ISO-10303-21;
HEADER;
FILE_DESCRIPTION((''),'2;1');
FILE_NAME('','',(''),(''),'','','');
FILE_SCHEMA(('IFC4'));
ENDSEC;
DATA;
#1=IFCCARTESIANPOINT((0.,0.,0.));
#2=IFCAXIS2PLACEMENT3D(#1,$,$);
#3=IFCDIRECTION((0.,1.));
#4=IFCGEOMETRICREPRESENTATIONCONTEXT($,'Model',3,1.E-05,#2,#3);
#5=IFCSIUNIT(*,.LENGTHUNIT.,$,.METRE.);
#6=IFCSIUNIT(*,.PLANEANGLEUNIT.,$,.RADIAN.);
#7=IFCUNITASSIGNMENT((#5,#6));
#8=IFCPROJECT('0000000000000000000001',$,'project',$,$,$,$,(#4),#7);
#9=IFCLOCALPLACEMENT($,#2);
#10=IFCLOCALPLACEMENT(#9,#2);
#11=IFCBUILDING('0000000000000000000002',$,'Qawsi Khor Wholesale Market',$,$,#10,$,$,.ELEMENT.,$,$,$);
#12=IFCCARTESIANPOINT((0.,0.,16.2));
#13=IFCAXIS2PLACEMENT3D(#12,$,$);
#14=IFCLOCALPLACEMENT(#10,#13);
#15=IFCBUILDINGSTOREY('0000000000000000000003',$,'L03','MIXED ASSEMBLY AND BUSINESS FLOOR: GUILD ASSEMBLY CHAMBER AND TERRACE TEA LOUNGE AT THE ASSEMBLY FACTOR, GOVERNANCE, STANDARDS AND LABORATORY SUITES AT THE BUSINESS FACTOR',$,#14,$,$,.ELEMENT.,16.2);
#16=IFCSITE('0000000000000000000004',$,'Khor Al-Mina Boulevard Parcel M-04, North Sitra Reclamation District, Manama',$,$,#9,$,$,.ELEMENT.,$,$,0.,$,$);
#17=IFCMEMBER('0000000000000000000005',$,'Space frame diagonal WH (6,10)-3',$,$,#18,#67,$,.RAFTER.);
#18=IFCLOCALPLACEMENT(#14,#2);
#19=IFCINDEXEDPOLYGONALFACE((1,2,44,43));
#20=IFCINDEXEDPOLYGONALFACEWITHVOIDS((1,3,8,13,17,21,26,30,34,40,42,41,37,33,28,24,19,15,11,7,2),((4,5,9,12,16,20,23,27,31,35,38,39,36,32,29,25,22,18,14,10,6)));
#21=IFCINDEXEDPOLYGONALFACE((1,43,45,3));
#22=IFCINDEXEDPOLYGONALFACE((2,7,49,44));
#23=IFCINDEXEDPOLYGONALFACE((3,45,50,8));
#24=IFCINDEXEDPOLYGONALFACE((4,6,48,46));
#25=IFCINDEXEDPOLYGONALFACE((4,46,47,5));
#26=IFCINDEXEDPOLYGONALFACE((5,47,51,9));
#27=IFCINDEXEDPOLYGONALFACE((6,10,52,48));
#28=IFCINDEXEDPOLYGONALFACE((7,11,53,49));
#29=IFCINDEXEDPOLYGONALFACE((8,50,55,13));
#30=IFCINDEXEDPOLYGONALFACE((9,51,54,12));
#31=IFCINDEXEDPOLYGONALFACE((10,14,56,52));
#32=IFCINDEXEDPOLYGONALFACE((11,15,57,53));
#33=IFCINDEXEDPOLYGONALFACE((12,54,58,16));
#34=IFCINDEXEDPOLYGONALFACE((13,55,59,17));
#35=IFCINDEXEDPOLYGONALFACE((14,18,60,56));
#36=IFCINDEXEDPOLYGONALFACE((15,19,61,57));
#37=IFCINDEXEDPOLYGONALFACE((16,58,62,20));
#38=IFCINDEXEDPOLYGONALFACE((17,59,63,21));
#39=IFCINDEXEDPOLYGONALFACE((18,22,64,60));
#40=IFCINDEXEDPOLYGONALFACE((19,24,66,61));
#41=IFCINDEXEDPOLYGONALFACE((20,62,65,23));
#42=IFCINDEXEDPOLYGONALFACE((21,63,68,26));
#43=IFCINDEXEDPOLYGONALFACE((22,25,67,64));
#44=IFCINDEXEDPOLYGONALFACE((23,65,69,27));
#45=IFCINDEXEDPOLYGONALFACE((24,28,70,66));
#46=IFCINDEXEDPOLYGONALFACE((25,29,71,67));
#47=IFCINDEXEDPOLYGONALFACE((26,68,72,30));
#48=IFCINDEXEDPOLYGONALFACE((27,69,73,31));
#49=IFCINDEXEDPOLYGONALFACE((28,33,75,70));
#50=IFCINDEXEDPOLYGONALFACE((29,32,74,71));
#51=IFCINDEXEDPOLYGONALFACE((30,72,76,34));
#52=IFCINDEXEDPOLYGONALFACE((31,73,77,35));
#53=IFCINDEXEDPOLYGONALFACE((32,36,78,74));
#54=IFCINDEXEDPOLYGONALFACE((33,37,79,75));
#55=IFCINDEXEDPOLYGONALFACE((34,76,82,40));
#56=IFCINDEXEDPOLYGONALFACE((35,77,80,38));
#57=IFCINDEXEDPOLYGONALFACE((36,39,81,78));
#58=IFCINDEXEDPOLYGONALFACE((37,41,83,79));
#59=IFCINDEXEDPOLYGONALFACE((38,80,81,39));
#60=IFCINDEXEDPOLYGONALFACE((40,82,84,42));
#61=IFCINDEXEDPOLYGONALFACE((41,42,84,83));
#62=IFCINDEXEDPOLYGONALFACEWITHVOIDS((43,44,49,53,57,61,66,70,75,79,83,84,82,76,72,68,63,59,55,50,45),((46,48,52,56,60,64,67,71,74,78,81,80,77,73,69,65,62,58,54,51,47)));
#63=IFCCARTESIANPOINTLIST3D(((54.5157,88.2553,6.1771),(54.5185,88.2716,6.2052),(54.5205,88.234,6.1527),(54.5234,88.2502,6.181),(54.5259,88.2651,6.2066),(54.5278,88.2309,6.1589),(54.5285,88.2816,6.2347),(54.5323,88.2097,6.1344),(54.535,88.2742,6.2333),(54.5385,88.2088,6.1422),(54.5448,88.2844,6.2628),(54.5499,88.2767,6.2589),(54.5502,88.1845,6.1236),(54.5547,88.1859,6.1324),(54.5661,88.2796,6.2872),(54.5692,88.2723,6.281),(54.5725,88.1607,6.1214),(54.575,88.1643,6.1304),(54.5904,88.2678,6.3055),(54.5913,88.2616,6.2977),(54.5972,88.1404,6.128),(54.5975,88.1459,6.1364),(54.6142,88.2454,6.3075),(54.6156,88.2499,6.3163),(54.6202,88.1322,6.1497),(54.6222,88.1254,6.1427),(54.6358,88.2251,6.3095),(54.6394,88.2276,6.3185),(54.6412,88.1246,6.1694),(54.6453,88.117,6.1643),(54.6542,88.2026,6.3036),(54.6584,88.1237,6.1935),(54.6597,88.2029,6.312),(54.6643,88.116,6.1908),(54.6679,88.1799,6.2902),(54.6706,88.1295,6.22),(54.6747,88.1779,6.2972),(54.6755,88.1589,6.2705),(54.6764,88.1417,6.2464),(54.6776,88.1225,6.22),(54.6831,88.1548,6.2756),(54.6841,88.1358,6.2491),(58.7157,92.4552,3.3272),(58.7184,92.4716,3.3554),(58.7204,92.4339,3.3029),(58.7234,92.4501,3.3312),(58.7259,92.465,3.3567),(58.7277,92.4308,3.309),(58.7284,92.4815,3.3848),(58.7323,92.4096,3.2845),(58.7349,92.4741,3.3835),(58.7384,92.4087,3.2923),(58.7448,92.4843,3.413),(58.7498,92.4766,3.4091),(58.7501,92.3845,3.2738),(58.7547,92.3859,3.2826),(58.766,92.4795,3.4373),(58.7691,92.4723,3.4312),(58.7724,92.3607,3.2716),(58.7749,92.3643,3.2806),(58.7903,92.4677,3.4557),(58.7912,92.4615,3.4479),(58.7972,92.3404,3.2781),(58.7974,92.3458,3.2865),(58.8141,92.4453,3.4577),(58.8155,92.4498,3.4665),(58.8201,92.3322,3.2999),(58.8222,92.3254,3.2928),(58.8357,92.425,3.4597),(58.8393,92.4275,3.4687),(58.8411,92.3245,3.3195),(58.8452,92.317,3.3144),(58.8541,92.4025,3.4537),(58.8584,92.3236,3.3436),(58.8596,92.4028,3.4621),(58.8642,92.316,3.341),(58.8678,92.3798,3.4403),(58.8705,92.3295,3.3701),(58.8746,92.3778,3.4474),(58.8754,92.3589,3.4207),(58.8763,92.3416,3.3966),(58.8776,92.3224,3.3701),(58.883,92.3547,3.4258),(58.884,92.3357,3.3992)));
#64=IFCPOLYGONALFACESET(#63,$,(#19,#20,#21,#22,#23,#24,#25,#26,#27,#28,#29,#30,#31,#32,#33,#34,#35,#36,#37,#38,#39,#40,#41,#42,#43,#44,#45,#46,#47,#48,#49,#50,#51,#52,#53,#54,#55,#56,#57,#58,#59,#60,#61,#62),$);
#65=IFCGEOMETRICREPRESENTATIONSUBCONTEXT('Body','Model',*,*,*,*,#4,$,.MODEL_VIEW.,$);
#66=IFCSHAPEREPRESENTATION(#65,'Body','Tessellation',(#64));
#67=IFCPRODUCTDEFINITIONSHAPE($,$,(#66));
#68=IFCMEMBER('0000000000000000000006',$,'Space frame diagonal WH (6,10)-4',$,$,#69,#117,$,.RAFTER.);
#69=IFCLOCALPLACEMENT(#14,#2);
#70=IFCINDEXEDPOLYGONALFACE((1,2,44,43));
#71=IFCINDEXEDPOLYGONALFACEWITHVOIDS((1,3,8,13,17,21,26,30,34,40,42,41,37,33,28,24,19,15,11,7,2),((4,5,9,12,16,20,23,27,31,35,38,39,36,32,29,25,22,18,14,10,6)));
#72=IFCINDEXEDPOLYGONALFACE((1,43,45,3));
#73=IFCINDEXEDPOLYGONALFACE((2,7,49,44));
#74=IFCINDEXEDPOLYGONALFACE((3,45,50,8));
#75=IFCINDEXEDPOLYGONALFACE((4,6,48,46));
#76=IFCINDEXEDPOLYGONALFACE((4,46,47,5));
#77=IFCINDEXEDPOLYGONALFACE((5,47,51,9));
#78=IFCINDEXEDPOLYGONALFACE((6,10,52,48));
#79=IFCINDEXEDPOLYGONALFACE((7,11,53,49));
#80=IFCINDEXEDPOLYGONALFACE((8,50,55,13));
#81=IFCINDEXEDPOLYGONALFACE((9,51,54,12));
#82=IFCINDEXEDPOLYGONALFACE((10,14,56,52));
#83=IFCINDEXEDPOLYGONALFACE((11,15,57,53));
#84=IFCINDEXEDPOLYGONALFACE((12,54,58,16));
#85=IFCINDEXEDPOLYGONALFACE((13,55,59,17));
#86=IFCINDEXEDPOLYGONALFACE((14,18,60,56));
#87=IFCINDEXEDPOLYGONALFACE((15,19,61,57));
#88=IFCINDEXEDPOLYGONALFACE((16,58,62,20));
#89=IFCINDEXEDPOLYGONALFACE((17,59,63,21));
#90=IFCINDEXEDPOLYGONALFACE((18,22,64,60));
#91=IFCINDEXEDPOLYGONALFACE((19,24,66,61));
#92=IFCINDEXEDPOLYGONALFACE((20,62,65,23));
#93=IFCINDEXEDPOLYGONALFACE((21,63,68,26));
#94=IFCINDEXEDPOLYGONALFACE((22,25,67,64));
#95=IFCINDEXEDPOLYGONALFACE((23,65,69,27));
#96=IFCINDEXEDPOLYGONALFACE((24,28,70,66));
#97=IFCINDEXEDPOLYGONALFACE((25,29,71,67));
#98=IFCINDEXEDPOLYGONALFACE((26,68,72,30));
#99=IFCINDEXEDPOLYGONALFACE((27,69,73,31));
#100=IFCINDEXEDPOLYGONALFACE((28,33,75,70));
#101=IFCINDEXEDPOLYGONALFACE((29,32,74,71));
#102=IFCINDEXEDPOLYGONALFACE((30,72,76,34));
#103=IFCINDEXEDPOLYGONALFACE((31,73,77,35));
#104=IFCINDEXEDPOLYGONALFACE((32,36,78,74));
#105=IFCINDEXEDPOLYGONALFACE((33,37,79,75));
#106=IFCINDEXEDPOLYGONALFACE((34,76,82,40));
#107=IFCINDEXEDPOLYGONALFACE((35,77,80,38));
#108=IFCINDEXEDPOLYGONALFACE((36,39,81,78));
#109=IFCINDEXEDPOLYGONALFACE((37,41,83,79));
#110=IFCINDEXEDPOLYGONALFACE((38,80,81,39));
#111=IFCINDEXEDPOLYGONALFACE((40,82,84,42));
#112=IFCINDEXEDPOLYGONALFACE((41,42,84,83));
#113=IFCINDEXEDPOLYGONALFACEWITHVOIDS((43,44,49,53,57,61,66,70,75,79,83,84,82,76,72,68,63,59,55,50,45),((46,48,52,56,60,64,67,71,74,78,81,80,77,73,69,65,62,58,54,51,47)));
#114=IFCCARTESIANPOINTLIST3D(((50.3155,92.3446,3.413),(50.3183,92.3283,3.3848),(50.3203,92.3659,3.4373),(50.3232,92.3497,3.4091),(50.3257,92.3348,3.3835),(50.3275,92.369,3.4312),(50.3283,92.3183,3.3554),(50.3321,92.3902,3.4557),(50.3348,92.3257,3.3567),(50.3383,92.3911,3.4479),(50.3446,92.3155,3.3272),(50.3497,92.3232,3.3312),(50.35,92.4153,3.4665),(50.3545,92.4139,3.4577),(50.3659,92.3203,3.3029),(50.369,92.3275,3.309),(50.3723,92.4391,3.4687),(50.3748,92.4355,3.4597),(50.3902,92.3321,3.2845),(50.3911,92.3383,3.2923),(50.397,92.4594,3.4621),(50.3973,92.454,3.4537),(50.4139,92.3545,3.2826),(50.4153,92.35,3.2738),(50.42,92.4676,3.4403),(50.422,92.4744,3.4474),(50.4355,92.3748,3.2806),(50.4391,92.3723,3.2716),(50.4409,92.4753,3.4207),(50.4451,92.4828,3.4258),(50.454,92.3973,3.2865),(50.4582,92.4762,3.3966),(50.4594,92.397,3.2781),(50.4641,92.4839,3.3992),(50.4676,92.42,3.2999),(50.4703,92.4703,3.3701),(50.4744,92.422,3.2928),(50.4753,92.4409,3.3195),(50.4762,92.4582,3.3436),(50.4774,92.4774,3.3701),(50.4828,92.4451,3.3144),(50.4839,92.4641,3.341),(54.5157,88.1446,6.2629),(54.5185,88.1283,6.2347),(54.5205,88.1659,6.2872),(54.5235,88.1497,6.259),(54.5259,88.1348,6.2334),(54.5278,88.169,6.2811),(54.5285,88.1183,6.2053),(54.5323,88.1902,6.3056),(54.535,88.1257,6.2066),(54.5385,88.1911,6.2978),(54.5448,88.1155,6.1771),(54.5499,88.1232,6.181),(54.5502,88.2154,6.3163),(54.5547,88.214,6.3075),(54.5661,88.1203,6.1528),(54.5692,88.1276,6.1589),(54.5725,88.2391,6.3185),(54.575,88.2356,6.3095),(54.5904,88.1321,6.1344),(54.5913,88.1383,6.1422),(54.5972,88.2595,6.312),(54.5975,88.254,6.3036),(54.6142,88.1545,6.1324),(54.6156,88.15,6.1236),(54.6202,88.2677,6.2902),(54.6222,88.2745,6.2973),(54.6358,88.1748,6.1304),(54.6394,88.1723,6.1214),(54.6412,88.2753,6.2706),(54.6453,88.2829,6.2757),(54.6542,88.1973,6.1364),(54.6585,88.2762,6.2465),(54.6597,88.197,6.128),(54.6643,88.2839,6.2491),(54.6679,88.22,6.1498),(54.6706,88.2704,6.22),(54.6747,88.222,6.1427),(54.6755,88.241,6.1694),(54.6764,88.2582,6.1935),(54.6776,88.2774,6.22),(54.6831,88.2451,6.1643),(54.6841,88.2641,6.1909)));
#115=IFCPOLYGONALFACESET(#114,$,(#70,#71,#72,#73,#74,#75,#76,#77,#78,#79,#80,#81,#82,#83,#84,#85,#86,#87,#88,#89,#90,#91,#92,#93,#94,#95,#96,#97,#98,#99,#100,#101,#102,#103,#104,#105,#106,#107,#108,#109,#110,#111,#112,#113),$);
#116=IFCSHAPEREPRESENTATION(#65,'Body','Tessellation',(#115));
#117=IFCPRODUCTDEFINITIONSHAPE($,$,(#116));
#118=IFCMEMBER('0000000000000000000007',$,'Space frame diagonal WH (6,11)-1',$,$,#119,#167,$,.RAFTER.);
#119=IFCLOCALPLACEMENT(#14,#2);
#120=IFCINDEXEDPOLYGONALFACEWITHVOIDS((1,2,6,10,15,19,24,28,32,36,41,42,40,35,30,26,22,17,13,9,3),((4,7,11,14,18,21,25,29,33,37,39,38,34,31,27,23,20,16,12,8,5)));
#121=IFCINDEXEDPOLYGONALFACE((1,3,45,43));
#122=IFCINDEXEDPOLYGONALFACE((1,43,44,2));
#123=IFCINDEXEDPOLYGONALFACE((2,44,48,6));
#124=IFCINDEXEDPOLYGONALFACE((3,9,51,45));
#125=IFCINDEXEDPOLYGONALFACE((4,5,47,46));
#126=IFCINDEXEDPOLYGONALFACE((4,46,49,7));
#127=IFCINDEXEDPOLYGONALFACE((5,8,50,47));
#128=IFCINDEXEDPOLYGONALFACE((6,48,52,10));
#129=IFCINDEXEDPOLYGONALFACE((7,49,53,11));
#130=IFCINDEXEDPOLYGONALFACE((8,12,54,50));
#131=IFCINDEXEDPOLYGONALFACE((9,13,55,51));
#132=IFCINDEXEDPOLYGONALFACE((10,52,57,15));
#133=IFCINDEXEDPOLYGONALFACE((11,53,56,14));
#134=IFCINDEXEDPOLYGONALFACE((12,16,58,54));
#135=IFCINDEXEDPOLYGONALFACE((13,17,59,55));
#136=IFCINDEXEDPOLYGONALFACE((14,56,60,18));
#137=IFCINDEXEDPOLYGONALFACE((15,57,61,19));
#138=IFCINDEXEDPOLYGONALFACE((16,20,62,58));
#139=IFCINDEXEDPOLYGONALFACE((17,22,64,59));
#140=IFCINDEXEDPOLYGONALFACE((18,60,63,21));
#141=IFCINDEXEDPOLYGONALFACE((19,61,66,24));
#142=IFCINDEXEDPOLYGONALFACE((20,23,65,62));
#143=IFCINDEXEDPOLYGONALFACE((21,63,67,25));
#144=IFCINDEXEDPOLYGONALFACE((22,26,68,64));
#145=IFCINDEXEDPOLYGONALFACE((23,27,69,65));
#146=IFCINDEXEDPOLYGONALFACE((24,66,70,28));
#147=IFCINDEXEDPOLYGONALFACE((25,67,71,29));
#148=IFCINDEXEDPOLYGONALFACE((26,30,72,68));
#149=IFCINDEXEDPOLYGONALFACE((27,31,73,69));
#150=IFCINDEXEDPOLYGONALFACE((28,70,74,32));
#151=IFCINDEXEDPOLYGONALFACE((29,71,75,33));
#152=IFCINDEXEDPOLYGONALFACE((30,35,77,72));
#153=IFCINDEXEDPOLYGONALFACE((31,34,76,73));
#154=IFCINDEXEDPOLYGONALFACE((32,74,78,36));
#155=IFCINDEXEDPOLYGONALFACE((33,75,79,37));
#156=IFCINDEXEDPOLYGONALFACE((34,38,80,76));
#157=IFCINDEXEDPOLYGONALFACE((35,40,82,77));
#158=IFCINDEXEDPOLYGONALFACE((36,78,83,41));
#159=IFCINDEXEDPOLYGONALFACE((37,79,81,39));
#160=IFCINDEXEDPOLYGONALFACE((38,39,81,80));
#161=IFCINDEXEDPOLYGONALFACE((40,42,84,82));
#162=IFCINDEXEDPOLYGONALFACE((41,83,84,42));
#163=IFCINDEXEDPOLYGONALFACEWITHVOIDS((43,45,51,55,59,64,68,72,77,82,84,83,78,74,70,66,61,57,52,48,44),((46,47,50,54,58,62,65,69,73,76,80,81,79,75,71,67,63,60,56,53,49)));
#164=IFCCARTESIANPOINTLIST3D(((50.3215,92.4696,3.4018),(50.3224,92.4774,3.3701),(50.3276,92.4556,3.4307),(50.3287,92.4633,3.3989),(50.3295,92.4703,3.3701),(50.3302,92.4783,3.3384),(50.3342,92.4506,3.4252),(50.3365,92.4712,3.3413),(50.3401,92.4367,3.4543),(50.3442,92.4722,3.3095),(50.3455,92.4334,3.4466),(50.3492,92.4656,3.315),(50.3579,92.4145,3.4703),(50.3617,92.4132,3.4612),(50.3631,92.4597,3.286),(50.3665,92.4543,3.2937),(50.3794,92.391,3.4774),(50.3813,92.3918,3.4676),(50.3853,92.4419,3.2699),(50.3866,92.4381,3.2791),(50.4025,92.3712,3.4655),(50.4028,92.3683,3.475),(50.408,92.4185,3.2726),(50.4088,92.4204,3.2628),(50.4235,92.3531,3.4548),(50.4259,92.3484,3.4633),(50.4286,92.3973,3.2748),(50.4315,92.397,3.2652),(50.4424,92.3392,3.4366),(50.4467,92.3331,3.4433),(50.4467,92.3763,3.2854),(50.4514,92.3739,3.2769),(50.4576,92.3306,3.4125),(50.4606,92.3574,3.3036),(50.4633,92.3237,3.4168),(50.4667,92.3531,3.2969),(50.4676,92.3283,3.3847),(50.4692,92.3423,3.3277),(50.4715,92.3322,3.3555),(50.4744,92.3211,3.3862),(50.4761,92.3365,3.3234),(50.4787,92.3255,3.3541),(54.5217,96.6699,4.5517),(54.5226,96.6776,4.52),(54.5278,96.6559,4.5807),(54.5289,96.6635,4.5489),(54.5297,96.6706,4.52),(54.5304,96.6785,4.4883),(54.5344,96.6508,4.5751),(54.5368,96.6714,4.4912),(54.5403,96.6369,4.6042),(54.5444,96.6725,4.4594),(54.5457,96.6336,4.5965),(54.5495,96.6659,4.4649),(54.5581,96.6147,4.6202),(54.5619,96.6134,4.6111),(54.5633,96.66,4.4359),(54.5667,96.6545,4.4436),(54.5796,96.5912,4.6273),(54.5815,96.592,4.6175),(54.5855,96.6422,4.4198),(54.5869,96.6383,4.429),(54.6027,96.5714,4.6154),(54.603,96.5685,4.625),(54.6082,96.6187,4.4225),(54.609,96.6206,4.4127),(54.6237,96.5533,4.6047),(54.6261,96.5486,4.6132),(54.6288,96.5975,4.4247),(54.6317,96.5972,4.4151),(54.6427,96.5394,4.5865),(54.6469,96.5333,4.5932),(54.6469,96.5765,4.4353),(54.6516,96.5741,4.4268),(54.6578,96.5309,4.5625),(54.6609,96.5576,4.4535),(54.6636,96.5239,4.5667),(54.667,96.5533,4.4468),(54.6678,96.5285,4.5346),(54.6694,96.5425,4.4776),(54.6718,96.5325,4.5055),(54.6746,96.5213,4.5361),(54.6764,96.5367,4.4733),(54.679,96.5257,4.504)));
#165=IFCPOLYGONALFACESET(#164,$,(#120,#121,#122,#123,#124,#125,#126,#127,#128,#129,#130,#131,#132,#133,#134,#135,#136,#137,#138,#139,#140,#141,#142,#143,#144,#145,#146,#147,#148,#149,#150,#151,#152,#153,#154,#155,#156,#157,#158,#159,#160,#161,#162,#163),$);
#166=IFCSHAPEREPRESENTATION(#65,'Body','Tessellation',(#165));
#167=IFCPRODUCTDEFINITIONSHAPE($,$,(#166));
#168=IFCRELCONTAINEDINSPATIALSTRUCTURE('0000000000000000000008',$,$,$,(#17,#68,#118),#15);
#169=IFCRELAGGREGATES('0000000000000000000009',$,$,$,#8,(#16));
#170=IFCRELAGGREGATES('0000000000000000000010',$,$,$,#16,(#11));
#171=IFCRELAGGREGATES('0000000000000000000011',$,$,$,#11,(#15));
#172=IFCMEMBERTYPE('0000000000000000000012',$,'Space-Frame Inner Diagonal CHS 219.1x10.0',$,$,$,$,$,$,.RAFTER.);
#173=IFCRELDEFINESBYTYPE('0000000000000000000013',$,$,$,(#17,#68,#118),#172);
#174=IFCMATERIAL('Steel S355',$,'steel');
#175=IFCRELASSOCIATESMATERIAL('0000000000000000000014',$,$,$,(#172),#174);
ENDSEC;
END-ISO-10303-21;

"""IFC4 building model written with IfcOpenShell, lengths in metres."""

from ifc_helpers import new_model, si_unit, direction, frame, origin, origin_2d, place, context, subcontext, project, spatial, hollow_circle, extrude, material, material_profile, profile_set, type_object, element, save


model = new_model("IFC4")

# Units and contexts
model_context = context("Model", 3, precision=1e-05, world=origin(), true_north=direction((0.0, 1.0)))
body_context = subcontext(model_context, "Body", "Model", "MODEL_VIEW")
ifc_project = project(units=[si_unit("LENGTHUNIT", "METRE"), si_unit("PLANEANGLEUNIT", "RADIAN")], contexts=[model_context])

# Site, building, storey
site_placement = place(None, origin())
site = spatial("IfcSite", under=ifc_project, at=site_placement, Name="Khor Al-Mina Boulevard Parcel M-04, North Sitra Reclamation District, Manama", CompositionType="ELEMENT", RefElevation=0.0)
building_placement = place(site_placement, origin())
building = spatial("IfcBuilding", under=site, at=building_placement, Name="Qawsi Khor Wholesale Market", CompositionType="ELEMENT")
storey_placement = place(building_placement, frame((0.0, 0.0, 16.2)))
storey = spatial("IfcBuildingStorey", under=building, at=storey_placement, Name="L03", Description="MIXED ASSEMBLY AND BUSINESS FLOOR: GUILD ASSEMBLY CHAMBER AND TERRACE TEA LOUNGE AT THE ASSEMBLY FACTOR, GOVERNANCE, STANDARDS AND LABORATORY SUITES AT THE BUSINESS FACTOR", CompositionType="ELEMENT", Elevation=16.2)

# Members
ifc_material_1 = material(Name="Steel S355", Category="steel")
ifc_material_profile_1 = material_profile(ifc_material_1, hollow_circle(Radius=0.1096, WallThickness=0.01, at=origin_2d()), Name="CHS 219.1x10.0")
ifc_profile_set_1 = profile_set([ifc_material_profile_1], Name="Steel S355")
member_type_1 = type_object("IfcMemberType", Name="Space-Frame Inner Diagonal CHS 219.1x10.0", PredefinedType="RAFTER", material=ifc_profile_set_1)
member_1_placement = place(storey_placement, frame((58.8, 92.3999, 3.3701), z_axis=(-0.637522, -0.637522, 0.432587), x_axis=(0.707107, -0.707107, 0.0)))
element("IfcMember", 1, at=member_1_placement, inside=storey, type_object=member_type_1, Name="Space frame diagonal WH (6,10)-3", PredefinedType="RAFTER", context=body_context, shape_type="SweptSolid", body=[
    extrude(hollow_circle(Radius=0.1096, WallThickness=0.01, at=origin_2d()), origin(), (0.0, 0.0, 1.0), 6.5879),
])
member_2_placement = place(storey_placement, frame((50.3999, 92.3999, 3.3701), z_axis=(0.637544, -0.637507, 0.432577), x_axis=(0.707086, 0.707127, 0.0)))
element("IfcMember", 2, at=member_2_placement, inside=storey, type_object=member_type_1, Name="Space frame diagonal WH (6,10)-4", PredefinedType="RAFTER", context=body_context, shape_type="SweptSolid", body=[
    extrude(hollow_circle(Radius=0.1096, WallThickness=0.01, at=origin_2d()), origin(), (0.0, 0.0, 1.0), 6.5881),
])
member_3_placement = place(storey_placement, frame((50.3999, 92.3999, 3.3701), z_axis=(0.694218, 0.694218, 0.190059), x_axis=(-0.707107, 0.707107, 0.0)))
element("IfcMember", 3, at=member_3_placement, inside=storey, type_object=member_type_1, Name="Space frame diagonal WH (6,11)-1", PredefinedType="RAFTER", context=body_context, shape_type="SweptSolid", body=[
    extrude(hollow_circle(Radius=0.1096, WallThickness=0.01, at=origin_2d()), origin(), (0.0, 0.0, 1.0), 6.0503),
])

save(model, "model.ifc")
